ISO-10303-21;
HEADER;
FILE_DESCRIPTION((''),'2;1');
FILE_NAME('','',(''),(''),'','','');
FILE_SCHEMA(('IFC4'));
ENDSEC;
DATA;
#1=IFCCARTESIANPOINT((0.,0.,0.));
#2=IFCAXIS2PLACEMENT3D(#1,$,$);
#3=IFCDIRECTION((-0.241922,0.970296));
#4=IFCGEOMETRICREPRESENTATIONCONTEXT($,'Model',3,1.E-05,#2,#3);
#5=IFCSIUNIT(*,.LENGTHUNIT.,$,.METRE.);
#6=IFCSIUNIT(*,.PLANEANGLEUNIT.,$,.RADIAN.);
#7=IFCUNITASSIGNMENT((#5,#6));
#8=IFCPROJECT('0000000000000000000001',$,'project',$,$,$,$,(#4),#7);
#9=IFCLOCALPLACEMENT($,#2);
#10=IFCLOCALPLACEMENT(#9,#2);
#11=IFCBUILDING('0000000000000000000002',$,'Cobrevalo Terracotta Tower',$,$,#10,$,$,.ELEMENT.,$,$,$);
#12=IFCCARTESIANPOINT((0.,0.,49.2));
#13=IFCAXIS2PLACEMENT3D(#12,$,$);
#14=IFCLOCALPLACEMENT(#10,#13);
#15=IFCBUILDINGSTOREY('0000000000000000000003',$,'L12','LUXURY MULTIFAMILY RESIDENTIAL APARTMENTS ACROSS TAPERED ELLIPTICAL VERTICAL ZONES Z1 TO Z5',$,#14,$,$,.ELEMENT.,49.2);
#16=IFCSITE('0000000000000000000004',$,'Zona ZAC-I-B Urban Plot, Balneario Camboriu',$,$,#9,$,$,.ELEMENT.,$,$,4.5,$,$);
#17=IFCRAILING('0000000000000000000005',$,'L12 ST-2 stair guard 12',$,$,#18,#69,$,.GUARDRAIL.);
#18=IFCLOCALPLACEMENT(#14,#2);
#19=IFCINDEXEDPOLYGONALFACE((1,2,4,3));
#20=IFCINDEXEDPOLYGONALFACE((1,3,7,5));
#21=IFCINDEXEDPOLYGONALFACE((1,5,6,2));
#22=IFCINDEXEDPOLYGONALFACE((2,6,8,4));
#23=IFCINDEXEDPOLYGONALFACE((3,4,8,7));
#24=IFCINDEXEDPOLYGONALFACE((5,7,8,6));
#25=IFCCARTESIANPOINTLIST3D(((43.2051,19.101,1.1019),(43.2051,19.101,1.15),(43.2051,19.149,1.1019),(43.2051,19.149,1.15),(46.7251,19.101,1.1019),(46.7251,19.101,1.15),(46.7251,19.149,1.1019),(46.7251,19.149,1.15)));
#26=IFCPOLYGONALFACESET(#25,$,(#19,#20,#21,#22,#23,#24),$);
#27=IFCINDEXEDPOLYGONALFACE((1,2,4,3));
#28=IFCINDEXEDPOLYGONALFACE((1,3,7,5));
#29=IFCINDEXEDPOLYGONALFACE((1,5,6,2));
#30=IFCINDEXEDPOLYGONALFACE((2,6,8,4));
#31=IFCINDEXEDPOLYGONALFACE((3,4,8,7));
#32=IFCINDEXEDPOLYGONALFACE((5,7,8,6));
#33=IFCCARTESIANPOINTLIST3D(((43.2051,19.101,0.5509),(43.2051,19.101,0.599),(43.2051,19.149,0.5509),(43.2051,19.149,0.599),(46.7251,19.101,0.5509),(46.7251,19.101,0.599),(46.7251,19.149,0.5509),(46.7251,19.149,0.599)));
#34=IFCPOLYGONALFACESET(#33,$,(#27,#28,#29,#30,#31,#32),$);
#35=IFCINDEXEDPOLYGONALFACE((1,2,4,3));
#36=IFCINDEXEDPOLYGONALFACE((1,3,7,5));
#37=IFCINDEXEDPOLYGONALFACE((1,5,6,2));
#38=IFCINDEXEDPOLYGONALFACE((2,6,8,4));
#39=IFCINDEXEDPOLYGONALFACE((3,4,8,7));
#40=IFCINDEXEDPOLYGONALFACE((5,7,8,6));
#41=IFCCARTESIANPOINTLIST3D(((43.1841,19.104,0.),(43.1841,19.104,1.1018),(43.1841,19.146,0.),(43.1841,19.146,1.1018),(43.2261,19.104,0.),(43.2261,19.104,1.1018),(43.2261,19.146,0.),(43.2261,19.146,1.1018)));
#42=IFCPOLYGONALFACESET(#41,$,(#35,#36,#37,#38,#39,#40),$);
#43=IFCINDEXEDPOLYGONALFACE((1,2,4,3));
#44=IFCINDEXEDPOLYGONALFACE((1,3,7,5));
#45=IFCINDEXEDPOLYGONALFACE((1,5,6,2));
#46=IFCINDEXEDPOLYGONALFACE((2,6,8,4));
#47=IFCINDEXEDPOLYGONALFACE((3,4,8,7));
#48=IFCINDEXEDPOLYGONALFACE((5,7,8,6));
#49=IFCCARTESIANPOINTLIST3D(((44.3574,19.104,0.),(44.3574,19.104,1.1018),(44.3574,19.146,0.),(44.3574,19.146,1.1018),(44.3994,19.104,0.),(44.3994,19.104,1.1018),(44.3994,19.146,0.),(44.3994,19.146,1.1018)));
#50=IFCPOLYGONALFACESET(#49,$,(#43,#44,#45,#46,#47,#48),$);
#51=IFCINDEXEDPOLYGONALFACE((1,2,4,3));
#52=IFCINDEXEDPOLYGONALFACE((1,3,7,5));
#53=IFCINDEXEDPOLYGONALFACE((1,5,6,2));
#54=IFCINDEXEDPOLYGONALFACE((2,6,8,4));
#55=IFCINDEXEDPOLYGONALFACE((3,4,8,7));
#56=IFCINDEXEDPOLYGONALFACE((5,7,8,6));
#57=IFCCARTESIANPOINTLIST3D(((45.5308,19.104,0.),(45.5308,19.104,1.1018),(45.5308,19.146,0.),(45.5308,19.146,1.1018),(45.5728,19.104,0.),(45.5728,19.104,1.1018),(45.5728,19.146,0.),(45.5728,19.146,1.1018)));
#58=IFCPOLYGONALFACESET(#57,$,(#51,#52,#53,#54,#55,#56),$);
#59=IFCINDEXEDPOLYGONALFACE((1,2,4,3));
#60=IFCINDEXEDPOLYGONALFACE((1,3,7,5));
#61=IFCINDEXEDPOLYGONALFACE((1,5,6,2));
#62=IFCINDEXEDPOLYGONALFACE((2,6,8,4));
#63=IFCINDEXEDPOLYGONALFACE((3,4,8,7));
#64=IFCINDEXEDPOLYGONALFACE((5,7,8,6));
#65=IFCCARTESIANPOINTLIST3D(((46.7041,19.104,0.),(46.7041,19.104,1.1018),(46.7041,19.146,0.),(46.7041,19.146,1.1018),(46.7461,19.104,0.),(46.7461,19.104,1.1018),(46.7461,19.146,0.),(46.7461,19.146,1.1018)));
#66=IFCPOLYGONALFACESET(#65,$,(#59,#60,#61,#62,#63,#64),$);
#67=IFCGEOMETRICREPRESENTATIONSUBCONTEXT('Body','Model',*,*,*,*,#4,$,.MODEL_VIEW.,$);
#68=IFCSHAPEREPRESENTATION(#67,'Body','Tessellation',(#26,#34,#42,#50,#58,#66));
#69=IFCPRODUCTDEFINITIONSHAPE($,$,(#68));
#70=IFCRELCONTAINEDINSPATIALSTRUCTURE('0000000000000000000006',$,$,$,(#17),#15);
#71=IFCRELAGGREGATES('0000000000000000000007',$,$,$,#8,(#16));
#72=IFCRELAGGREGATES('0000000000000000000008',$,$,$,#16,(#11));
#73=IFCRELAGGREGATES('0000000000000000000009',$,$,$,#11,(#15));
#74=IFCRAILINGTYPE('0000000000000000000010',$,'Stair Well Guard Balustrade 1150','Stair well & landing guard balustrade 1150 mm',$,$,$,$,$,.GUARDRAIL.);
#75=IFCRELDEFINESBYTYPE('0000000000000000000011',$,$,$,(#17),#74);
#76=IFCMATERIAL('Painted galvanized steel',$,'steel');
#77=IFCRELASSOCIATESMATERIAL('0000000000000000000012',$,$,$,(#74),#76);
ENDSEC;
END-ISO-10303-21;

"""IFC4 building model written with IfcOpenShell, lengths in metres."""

from ifc_helpers import new_model, si_unit, direction, frame, origin, origin_2d, place, context, subcontext, project, spatial, rectangle, extrude, material, type_object, element, save


model = new_model("IFC4")

# Units and contexts
model_context = context("Model", 3, precision=1e-05, world=origin(), true_north=direction((-0.241922, 0.970296)))
body_context = subcontext(model_context, "Body", "Model", "MODEL_VIEW")
ifc_project = project(units=[si_unit("LENGTHUNIT", "METRE"), si_unit("PLANEANGLEUNIT", "RADIAN")], contexts=[model_context])

# Site, building, storey
site_placement = place(None, origin())
site = spatial("IfcSite", under=ifc_project, at=site_placement, Name="Zona ZAC-I-B Urban Plot, Balneario Camboriu", CompositionType="ELEMENT", RefElevation=4.5)
building_placement = place(site_placement, origin())
building = spatial("IfcBuilding", under=site, at=building_placement, Name="Cobrevalo Terracotta Tower", CompositionType="ELEMENT")
storey_placement = place(building_placement, frame((0.0, 0.0, 49.2)))
storey = spatial("IfcBuildingStorey", under=building, at=storey_placement, Name="L12", Description="LUXURY MULTIFAMILY RESIDENTIAL APARTMENTS ACROSS TAPERED ELLIPTICAL VERTICAL ZONES Z1 TO Z5", CompositionType="ELEMENT", Elevation=49.2)

# Railing
ifc_material_1 = material(Name="Painted galvanized steel", Category="steel")
railing_type_1 = type_object("IfcRailingType", Name="Stair Well Guard Balustrade 1150", Description="Stair well & landing guard balustrade 1150 mm", PredefinedType="GUARDRAIL", material=ifc_material_1)
railing_1_placement = place(storey_placement, frame((43.2051, 19.125, 0.0)))
element("IfcRailing", 1, at=railing_1_placement, inside=storey, type_object=railing_type_1, Name="L12 ST-2 stair guard 12", PredefinedType="GUARDRAIL", context=body_context, shape_type="SweptSolid", body=[
    extrude(rectangle(XDim=0.0481, YDim=0.0481, at=origin_2d()), frame((0.0, 0.0, 1.126), z_axis=(1.0, 0.0, 0.0), x_axis=(0.0, 1.0, 0.0)), (0.0, 0.0, 1.0), 3.52),
    extrude(rectangle(XDim=0.0481, YDim=0.0481, at=origin_2d()), frame((0.0, 0.0, 0.575), z_axis=(1.0, 0.0, 0.0), x_axis=(0.0, 1.0, 0.0)), (0.0, 0.0, 1.0), 3.52),
    extrude(rectangle(XDim=0.042, YDim=0.042, at=origin_2d()), origin(), (0.0, 0.0, 1.0), 1.1018),
    extrude(rectangle(XDim=0.042, YDim=0.042, at=origin_2d()), frame((1.1733, 0.0, 0.0)), (0.0, 0.0, 1.0), 1.1018),
    extrude(rectangle(XDim=0.042, YDim=0.042, at=origin_2d()), frame((2.3467, 0.0, 0.0)), (0.0, 0.0, 1.0), 1.1018),
    extrude(rectangle(XDim=0.042, YDim=0.042, at=origin_2d()), frame((3.52, 0.0, 0.0)), (0.0, 0.0, 1.0), 1.1018),
])

save(model, "model.ifc")
